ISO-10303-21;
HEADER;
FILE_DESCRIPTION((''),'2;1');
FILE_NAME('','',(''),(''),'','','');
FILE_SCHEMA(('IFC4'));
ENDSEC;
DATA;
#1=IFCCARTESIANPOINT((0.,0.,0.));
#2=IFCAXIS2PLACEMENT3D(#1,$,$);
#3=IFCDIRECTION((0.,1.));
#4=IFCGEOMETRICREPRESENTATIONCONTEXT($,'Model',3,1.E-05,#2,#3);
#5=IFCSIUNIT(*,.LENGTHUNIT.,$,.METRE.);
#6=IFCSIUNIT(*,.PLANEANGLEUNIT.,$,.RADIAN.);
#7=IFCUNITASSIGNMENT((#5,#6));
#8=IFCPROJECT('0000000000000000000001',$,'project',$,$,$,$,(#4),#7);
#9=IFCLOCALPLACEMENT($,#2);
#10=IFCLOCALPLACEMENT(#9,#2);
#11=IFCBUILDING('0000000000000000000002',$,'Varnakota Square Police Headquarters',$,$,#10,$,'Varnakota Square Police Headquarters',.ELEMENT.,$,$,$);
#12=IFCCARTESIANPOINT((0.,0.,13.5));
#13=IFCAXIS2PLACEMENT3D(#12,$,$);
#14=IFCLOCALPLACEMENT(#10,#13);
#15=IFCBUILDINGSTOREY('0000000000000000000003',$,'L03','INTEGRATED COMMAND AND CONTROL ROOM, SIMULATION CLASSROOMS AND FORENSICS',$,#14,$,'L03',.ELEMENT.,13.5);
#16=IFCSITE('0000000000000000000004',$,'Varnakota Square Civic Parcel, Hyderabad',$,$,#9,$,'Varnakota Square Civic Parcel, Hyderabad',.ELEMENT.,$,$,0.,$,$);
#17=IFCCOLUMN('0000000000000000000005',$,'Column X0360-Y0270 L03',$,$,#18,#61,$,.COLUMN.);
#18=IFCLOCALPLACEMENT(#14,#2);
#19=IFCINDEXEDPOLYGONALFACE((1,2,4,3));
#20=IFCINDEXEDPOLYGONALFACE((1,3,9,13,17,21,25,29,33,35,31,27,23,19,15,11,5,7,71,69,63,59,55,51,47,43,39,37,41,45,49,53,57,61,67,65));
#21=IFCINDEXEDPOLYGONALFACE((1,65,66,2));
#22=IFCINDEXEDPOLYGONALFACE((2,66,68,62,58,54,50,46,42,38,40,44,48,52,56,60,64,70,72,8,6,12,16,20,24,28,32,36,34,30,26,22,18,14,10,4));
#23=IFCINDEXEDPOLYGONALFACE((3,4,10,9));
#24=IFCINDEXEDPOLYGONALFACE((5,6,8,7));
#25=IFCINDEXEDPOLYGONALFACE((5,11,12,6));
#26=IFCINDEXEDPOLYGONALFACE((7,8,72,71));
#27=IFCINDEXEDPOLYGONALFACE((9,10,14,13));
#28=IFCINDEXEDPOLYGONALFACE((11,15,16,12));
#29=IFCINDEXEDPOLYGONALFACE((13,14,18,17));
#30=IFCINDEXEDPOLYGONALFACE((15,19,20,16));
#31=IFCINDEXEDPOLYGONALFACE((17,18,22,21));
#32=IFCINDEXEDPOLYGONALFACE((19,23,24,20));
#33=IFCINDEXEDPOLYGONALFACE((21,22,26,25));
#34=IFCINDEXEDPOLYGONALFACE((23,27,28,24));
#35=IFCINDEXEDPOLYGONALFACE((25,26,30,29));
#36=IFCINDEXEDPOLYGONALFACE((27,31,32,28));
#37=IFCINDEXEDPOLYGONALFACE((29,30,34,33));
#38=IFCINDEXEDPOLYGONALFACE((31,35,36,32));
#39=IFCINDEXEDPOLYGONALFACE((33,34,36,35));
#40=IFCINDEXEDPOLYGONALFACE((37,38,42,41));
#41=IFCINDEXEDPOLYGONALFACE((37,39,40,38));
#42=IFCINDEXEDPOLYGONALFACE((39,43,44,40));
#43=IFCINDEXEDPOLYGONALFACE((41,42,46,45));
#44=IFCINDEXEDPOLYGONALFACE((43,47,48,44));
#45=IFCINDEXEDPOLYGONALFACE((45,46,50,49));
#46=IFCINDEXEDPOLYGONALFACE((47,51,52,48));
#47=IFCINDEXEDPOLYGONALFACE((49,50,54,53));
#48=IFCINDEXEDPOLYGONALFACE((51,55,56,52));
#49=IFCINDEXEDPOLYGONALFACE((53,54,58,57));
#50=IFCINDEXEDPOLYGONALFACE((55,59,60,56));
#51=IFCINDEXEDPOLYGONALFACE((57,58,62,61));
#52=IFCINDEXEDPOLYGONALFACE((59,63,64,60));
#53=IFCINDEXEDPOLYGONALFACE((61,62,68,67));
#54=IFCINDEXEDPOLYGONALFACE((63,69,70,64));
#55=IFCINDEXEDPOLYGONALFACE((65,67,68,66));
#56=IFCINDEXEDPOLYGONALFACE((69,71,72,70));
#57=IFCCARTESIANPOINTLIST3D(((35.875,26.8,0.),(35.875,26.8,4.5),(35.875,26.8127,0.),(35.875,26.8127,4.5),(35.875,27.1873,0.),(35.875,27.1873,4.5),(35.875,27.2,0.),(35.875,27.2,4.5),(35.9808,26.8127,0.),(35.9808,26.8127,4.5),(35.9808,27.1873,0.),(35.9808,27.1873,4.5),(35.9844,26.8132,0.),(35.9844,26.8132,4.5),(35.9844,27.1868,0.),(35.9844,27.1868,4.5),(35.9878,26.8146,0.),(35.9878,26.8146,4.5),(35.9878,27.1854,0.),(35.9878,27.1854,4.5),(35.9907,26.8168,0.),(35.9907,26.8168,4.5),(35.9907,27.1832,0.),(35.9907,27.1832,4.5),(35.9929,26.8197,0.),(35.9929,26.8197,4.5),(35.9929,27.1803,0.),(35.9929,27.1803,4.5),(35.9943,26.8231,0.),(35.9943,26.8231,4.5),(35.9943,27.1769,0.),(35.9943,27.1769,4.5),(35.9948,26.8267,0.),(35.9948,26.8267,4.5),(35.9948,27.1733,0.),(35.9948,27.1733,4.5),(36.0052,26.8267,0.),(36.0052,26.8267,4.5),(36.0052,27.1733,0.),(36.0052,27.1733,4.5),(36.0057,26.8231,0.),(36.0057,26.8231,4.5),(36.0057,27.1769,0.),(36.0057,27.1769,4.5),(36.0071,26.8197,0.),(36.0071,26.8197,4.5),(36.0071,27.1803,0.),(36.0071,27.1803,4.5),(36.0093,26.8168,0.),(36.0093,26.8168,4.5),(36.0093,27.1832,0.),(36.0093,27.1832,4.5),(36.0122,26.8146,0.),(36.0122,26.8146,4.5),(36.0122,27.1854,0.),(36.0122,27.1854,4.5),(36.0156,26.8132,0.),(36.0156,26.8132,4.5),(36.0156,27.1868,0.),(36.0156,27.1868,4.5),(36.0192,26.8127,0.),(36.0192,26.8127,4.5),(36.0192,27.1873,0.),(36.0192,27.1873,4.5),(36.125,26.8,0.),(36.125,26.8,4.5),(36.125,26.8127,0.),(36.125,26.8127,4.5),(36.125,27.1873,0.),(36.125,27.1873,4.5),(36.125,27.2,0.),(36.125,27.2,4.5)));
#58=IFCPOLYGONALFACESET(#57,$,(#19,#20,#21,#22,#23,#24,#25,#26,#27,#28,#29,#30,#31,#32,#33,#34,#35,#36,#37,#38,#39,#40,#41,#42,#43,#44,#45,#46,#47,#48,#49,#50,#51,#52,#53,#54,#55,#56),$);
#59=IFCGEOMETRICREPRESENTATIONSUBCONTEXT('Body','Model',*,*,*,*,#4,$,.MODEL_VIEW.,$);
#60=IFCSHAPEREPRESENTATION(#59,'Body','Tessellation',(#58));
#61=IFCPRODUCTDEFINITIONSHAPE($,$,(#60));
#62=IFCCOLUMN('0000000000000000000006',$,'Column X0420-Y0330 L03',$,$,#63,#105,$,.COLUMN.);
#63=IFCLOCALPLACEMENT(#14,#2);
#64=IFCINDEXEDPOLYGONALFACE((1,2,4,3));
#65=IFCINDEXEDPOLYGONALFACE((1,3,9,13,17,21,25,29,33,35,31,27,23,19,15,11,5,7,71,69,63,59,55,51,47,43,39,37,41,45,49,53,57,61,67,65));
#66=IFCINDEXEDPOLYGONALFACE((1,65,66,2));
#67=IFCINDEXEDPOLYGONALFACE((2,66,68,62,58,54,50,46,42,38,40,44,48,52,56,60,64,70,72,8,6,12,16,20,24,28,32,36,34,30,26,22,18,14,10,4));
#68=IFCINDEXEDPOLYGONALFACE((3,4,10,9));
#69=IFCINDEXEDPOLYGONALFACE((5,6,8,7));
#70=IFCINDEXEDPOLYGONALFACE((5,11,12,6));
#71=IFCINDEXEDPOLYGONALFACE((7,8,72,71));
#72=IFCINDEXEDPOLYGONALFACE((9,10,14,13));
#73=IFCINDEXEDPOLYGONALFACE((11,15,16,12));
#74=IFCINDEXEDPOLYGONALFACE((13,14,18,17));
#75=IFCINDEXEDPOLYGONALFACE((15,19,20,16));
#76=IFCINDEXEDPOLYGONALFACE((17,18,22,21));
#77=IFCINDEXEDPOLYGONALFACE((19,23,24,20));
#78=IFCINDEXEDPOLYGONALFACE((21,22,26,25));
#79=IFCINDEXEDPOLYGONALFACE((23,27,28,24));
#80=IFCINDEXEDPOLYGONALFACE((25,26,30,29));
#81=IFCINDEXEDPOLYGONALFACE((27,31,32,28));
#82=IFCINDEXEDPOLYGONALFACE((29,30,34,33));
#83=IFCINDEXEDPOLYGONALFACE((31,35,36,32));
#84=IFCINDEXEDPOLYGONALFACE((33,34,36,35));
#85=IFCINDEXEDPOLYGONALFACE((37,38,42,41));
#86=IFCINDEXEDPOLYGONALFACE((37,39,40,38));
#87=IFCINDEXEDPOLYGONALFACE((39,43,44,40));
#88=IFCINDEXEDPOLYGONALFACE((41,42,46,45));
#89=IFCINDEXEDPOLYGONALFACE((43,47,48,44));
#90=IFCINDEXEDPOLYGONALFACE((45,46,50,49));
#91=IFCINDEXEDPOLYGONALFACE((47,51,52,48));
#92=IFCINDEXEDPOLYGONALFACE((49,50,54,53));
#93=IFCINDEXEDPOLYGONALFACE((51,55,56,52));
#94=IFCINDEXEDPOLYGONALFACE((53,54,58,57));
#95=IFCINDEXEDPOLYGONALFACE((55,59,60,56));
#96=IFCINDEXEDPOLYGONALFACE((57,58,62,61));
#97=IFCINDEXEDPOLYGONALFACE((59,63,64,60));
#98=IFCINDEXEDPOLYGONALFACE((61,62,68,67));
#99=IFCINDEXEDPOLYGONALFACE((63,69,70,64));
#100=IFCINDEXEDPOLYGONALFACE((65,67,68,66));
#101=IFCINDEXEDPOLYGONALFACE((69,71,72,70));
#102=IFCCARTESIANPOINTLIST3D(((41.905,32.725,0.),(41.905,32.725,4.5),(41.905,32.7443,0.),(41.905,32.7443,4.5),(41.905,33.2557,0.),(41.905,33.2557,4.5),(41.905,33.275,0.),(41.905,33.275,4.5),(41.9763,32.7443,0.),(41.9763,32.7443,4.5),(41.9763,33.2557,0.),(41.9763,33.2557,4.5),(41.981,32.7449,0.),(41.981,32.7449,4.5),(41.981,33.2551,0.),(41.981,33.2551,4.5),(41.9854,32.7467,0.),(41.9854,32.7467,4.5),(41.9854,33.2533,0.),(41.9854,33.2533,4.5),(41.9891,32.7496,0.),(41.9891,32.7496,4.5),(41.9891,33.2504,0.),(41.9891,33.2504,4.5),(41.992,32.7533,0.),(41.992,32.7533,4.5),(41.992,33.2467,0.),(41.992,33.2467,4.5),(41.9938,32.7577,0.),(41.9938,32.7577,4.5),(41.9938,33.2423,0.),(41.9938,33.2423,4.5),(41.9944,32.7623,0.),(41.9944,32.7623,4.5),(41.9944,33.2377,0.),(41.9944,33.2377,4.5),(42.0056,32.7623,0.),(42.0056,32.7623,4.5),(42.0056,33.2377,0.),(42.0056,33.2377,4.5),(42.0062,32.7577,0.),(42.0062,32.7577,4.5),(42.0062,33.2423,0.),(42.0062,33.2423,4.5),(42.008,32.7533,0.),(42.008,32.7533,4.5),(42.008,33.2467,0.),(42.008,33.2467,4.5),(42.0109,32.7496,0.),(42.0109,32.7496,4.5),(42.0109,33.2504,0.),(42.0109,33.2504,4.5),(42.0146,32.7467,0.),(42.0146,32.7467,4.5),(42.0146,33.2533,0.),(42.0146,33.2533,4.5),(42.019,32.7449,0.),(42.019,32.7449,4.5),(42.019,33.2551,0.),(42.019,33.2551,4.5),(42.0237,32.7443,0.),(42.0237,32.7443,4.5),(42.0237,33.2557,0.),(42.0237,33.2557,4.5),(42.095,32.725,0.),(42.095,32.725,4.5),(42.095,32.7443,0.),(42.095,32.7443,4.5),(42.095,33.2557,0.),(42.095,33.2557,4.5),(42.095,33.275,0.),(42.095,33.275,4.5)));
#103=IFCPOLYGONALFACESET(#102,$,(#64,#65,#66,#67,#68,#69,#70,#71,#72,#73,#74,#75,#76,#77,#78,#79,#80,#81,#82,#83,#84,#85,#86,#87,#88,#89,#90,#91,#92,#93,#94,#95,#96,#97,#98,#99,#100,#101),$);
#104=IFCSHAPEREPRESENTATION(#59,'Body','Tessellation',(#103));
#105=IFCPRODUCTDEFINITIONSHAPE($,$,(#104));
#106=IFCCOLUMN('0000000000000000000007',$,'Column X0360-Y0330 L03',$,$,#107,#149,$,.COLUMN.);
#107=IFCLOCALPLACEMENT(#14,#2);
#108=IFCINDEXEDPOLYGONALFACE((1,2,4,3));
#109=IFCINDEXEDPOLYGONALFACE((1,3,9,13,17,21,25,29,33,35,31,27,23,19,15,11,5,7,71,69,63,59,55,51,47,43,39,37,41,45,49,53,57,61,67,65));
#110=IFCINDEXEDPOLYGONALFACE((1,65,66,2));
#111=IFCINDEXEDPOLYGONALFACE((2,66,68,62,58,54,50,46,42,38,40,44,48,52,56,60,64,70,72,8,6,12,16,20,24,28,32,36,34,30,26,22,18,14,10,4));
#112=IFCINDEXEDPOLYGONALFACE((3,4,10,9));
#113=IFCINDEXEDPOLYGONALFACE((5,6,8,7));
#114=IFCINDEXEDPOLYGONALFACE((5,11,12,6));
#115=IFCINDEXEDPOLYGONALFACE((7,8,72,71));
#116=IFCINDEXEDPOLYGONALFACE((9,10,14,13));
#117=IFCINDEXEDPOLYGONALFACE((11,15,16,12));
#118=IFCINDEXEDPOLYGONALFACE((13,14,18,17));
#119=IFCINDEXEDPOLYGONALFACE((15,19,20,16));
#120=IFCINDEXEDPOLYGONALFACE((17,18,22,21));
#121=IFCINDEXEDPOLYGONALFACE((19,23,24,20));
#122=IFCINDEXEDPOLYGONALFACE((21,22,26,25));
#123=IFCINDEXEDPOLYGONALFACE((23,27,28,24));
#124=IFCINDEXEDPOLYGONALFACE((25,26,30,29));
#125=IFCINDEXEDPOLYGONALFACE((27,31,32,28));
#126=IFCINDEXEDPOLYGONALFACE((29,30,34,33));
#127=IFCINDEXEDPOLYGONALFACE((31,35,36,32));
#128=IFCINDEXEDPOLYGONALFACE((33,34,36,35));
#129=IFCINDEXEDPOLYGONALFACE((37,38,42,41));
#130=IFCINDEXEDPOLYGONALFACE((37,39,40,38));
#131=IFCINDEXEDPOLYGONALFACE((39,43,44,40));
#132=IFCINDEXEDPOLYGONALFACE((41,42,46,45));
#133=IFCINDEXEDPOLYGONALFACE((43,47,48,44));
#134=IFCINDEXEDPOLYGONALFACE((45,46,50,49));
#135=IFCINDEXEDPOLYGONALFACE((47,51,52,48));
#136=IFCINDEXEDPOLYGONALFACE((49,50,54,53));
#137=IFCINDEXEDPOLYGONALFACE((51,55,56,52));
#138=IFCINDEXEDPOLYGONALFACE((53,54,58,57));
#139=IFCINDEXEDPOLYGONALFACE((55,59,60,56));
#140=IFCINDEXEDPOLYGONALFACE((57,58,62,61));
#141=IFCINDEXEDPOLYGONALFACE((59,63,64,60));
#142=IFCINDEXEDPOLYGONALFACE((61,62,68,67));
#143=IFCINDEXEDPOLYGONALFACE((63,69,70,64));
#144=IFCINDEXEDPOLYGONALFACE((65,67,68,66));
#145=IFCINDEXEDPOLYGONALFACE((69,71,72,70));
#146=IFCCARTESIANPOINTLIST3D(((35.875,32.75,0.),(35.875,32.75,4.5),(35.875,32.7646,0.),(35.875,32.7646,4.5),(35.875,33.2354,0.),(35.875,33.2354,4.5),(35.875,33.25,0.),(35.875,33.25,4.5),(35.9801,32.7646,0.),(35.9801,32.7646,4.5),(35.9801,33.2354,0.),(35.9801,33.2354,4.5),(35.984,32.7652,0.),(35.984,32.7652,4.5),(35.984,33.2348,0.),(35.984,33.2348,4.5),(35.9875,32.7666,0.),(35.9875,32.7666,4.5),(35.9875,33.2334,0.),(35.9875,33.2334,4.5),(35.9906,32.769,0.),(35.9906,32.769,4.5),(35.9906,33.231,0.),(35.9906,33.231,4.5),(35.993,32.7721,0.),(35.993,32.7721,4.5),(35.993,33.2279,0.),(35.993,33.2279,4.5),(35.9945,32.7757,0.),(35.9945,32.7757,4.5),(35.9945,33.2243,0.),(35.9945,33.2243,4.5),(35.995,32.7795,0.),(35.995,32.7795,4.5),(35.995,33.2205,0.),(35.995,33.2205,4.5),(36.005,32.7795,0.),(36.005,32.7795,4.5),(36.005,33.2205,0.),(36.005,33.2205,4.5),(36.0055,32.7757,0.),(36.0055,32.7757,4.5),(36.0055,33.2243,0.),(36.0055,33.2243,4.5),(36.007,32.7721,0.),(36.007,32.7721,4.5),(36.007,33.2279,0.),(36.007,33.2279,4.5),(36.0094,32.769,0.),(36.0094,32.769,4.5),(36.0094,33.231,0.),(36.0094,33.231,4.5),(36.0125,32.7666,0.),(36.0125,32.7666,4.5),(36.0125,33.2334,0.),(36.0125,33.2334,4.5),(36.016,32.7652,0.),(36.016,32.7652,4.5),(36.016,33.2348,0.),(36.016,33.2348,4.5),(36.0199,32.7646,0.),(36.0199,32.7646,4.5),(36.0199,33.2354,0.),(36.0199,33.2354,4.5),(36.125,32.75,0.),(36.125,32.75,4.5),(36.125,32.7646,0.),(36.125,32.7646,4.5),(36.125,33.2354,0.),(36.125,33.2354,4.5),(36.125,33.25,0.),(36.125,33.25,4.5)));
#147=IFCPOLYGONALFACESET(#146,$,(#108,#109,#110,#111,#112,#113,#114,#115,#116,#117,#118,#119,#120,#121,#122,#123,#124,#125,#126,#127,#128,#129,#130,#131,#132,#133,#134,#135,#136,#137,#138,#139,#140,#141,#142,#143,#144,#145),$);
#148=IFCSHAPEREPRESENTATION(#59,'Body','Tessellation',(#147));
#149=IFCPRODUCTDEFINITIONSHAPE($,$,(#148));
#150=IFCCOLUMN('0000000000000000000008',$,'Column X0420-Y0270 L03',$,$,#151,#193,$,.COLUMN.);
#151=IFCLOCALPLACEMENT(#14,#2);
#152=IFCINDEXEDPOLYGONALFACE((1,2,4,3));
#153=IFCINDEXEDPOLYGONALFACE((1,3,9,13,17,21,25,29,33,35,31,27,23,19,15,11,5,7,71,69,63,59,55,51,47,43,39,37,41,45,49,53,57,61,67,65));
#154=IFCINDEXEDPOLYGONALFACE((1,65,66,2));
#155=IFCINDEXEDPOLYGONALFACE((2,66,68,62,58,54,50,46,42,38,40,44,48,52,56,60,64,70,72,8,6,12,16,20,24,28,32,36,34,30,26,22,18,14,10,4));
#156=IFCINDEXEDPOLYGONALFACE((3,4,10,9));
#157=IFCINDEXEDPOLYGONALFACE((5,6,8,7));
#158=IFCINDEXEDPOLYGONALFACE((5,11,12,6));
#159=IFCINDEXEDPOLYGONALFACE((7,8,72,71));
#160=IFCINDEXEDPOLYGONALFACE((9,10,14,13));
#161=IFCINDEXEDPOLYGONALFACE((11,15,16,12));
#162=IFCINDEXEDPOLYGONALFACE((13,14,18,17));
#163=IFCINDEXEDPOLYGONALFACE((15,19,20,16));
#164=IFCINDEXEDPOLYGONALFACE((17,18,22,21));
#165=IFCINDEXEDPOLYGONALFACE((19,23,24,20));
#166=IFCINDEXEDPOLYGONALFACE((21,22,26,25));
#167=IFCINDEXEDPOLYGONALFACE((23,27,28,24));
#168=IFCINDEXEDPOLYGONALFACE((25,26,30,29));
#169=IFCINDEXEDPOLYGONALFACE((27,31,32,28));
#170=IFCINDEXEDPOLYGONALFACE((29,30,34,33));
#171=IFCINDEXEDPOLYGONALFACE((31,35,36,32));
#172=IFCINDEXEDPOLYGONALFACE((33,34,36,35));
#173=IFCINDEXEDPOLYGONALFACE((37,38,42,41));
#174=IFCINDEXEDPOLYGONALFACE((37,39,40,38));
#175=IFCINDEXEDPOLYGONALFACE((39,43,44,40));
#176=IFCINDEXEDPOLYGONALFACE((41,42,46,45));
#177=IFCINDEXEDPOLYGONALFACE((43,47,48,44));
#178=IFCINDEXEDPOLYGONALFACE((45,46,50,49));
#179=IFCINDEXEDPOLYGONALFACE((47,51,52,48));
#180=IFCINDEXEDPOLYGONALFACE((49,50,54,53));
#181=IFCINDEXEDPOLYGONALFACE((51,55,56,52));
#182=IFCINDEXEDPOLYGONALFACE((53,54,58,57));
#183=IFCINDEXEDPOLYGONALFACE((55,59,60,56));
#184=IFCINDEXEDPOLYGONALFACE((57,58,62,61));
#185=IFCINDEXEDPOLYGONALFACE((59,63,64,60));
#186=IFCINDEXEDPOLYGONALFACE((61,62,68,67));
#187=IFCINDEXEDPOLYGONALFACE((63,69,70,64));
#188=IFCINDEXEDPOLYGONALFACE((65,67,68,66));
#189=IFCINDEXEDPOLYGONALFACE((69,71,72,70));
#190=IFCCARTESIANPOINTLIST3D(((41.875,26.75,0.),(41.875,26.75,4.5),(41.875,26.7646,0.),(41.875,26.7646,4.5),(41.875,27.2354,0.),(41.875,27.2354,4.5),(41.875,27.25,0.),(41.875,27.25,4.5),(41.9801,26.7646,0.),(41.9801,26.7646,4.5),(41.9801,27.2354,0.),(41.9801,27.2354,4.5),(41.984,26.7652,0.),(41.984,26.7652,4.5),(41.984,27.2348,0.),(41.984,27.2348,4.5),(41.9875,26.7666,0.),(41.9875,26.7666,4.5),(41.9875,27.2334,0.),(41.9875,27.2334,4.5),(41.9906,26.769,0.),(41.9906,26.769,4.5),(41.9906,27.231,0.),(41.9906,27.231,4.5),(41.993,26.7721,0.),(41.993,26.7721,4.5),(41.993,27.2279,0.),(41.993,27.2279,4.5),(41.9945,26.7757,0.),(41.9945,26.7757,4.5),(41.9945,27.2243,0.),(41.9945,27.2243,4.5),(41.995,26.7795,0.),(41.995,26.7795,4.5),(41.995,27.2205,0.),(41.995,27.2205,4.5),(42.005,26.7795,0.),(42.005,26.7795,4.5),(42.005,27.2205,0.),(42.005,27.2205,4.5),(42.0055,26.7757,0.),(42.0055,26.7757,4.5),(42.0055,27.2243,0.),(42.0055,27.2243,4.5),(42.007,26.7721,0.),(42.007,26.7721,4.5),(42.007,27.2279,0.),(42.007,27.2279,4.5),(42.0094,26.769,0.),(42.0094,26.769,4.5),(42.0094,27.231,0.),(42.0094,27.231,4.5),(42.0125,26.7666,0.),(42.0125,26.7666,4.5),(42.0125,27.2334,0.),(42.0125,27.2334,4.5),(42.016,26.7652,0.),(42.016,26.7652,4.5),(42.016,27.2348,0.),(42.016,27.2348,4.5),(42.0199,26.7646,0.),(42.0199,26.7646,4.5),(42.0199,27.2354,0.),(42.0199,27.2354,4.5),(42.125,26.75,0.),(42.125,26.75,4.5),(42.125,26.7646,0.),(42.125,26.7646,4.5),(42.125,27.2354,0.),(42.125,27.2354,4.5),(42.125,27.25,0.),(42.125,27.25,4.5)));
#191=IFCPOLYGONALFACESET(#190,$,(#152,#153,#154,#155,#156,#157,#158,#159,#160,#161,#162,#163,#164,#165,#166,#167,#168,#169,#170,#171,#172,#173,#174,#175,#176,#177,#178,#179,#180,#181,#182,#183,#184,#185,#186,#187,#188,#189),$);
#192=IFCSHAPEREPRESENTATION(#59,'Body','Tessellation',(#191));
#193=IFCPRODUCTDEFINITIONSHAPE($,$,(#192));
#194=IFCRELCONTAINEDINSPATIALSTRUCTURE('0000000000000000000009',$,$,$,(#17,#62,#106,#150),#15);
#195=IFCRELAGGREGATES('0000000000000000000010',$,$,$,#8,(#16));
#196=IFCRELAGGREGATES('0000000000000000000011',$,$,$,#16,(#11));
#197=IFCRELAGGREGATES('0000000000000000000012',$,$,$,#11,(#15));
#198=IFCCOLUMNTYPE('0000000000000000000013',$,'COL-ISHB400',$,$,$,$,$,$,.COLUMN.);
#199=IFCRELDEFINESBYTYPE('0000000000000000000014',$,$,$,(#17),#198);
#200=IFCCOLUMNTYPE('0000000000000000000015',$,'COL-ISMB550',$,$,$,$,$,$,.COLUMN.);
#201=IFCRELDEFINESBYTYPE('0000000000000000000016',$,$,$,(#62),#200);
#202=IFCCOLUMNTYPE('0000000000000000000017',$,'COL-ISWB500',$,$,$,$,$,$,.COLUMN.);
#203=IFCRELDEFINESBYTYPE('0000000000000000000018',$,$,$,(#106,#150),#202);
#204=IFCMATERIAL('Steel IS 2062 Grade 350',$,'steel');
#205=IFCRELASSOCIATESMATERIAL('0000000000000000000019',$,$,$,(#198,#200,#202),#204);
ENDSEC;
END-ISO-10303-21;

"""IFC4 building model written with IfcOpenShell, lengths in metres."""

from ifc_helpers import new_model, si_unit, direction, frame, origin, origin_2d, place, context, subcontext, project, spatial, i_section, extrude, material, material_profile, profile_set, type_object, element, save


model = new_model("IFC4")

# Units and contexts
model_context = context("Model", 3, precision=1e-05, world=origin(), true_north=direction((0.0, 1.0)))
body_context = subcontext(model_context, "Body", "Model", "MODEL_VIEW")
ifc_project = project(units=[si_unit("LENGTHUNIT", "METRE"), si_unit("PLANEANGLEUNIT", "RADIAN")], contexts=[model_context])

# Site, building, storey
site_placement = place(None, origin())
site = spatial("IfcSite", under=ifc_project, at=site_placement, Name="Varnakota Square Civic Parcel, Hyderabad", LongName="Varnakota Square Civic Parcel, Hyderabad", CompositionType="ELEMENT", RefElevation=0.0)
building_placement = place(site_placement, origin())
building = spatial("IfcBuilding", under=site, at=building_placement, Name="Varnakota Square Police Headquarters", LongName="Varnakota Square Police Headquarters", CompositionType="ELEMENT")
storey_placement = place(building_placement, frame((0.0, 0.0, 13.5)))
storey = spatial("IfcBuildingStorey", under=building, at=storey_placement, Name="L03", Description="INTEGRATED COMMAND AND CONTROL ROOM, SIMULATION CLASSROOMS AND FORENSICS", LongName="L03", CompositionType="ELEMENT", Elevation=13.5)

# Columns
ifc_material_1 = material(Name="Steel IS 2062 Grade 350", Category="steel")
ifc_material_profile_1 = material_profile(ifc_material_1, i_section(OverallWidth=0.25, OverallDepth=0.3999, WebThickness=0.0105, FlangeThickness=0.0127, FilletRadius=0.0139, at=origin_2d()), Name="ISHB 400")
ifc_profile_set_1 = profile_set([ifc_material_profile_1], Name="Steel IS 2062 Grade 350")
column_type_1 = type_object("IfcColumnType", Name="COL-ISHB400", PredefinedType="COLUMN", material=ifc_profile_set_1)
column_1_placement = place(storey_placement, frame((36.0, 27.0, 0.0), z_axis=(0.0, 0.0, 1.0), x_axis=(1.0, 0.0, 0.0)))
element("IfcColumn", 1, at=column_1_placement, inside=storey, type_object=column_type_1, Name="Column X0360-Y0270 L03", PredefinedType="COLUMN", context=body_context, shape_type="SweptSolid", body=[
    extrude(i_section(OverallWidth=0.25, OverallDepth=0.3999, WebThickness=0.0105, FlangeThickness=0.0127, FilletRadius=0.0139, at=origin_2d()), origin(), (0.0, 0.0, 1.0), 4.5),
])
ifc_material_profile_2 = material_profile(ifc_material_1, i_section(OverallWidth=0.1899, OverallDepth=0.55, WebThickness=0.0112, FlangeThickness=0.0193, FilletRadius=0.0181, at=origin_2d()), Name="ISMB 550")
ifc_profile_set_2 = profile_set([ifc_material_profile_2], Name="Steel IS 2062 Grade 350")
column_type_2 = type_object("IfcColumnType", Name="COL-ISMB550", PredefinedType="COLUMN", material=ifc_profile_set_2)
column_2_placement = place(storey_placement, frame((42.0, 33.0, 0.0), z_axis=(0.0, 0.0, 1.0), x_axis=(1.0, 0.0, 0.0)))
element("IfcColumn", 2, at=column_2_placement, inside=storey, type_object=column_type_2, Name="Column X0420-Y0330 L03", PredefinedType="COLUMN", context=body_context, shape_type="SweptSolid", body=[
    extrude(i_section(OverallWidth=0.1899, OverallDepth=0.55, WebThickness=0.0112, FlangeThickness=0.0193, FilletRadius=0.0181, at=origin_2d()), origin(), (0.0, 0.0, 1.0), 4.5),
])
ifc_material_profile_3 = material_profile(ifc_material_1, i_section(OverallWidth=0.25, OverallDepth=0.5, WebThickness=0.01, FlangeThickness=0.0146, FilletRadius=0.0149, at=origin_2d()), Name="ISWB 500")
ifc_profile_set_3 = profile_set([ifc_material_profile_3], Name="Steel IS 2062 Grade 350")
column_type_3 = type_object("IfcColumnType", Name="COL-ISWB500", PredefinedType="COLUMN", material=ifc_profile_set_3)
for number, where, z_axis, x_axis, name in (
    (3, (36.0, 33.0, 0.0), (0.0, 0.0, 1.0), (1.0, 0.0, 0.0), "Column X0360-Y0330 L03"),
    (4, (42.0, 27.0, 0.0), (0.0, 0.0, 1.0), (1.0, 0.0, 0.0), "Column X0420-Y0270 L03"),
):
    element("IfcColumn", number, at=place(storey_placement, frame(where, z_axis=z_axis, x_axis=x_axis)), inside=storey, type_object=column_type_3, Name=name, PredefinedType="COLUMN", context=body_context, shape_type="SweptSolid", body=[
        extrude(i_section(OverallWidth=0.25, OverallDepth=0.5, WebThickness=0.01, FlangeThickness=0.0146, FilletRadius=0.0149, at=origin_2d()), origin(), (0.0, 0.0, 1.0), 4.5),
    ])

save(model, "model.ifc")
